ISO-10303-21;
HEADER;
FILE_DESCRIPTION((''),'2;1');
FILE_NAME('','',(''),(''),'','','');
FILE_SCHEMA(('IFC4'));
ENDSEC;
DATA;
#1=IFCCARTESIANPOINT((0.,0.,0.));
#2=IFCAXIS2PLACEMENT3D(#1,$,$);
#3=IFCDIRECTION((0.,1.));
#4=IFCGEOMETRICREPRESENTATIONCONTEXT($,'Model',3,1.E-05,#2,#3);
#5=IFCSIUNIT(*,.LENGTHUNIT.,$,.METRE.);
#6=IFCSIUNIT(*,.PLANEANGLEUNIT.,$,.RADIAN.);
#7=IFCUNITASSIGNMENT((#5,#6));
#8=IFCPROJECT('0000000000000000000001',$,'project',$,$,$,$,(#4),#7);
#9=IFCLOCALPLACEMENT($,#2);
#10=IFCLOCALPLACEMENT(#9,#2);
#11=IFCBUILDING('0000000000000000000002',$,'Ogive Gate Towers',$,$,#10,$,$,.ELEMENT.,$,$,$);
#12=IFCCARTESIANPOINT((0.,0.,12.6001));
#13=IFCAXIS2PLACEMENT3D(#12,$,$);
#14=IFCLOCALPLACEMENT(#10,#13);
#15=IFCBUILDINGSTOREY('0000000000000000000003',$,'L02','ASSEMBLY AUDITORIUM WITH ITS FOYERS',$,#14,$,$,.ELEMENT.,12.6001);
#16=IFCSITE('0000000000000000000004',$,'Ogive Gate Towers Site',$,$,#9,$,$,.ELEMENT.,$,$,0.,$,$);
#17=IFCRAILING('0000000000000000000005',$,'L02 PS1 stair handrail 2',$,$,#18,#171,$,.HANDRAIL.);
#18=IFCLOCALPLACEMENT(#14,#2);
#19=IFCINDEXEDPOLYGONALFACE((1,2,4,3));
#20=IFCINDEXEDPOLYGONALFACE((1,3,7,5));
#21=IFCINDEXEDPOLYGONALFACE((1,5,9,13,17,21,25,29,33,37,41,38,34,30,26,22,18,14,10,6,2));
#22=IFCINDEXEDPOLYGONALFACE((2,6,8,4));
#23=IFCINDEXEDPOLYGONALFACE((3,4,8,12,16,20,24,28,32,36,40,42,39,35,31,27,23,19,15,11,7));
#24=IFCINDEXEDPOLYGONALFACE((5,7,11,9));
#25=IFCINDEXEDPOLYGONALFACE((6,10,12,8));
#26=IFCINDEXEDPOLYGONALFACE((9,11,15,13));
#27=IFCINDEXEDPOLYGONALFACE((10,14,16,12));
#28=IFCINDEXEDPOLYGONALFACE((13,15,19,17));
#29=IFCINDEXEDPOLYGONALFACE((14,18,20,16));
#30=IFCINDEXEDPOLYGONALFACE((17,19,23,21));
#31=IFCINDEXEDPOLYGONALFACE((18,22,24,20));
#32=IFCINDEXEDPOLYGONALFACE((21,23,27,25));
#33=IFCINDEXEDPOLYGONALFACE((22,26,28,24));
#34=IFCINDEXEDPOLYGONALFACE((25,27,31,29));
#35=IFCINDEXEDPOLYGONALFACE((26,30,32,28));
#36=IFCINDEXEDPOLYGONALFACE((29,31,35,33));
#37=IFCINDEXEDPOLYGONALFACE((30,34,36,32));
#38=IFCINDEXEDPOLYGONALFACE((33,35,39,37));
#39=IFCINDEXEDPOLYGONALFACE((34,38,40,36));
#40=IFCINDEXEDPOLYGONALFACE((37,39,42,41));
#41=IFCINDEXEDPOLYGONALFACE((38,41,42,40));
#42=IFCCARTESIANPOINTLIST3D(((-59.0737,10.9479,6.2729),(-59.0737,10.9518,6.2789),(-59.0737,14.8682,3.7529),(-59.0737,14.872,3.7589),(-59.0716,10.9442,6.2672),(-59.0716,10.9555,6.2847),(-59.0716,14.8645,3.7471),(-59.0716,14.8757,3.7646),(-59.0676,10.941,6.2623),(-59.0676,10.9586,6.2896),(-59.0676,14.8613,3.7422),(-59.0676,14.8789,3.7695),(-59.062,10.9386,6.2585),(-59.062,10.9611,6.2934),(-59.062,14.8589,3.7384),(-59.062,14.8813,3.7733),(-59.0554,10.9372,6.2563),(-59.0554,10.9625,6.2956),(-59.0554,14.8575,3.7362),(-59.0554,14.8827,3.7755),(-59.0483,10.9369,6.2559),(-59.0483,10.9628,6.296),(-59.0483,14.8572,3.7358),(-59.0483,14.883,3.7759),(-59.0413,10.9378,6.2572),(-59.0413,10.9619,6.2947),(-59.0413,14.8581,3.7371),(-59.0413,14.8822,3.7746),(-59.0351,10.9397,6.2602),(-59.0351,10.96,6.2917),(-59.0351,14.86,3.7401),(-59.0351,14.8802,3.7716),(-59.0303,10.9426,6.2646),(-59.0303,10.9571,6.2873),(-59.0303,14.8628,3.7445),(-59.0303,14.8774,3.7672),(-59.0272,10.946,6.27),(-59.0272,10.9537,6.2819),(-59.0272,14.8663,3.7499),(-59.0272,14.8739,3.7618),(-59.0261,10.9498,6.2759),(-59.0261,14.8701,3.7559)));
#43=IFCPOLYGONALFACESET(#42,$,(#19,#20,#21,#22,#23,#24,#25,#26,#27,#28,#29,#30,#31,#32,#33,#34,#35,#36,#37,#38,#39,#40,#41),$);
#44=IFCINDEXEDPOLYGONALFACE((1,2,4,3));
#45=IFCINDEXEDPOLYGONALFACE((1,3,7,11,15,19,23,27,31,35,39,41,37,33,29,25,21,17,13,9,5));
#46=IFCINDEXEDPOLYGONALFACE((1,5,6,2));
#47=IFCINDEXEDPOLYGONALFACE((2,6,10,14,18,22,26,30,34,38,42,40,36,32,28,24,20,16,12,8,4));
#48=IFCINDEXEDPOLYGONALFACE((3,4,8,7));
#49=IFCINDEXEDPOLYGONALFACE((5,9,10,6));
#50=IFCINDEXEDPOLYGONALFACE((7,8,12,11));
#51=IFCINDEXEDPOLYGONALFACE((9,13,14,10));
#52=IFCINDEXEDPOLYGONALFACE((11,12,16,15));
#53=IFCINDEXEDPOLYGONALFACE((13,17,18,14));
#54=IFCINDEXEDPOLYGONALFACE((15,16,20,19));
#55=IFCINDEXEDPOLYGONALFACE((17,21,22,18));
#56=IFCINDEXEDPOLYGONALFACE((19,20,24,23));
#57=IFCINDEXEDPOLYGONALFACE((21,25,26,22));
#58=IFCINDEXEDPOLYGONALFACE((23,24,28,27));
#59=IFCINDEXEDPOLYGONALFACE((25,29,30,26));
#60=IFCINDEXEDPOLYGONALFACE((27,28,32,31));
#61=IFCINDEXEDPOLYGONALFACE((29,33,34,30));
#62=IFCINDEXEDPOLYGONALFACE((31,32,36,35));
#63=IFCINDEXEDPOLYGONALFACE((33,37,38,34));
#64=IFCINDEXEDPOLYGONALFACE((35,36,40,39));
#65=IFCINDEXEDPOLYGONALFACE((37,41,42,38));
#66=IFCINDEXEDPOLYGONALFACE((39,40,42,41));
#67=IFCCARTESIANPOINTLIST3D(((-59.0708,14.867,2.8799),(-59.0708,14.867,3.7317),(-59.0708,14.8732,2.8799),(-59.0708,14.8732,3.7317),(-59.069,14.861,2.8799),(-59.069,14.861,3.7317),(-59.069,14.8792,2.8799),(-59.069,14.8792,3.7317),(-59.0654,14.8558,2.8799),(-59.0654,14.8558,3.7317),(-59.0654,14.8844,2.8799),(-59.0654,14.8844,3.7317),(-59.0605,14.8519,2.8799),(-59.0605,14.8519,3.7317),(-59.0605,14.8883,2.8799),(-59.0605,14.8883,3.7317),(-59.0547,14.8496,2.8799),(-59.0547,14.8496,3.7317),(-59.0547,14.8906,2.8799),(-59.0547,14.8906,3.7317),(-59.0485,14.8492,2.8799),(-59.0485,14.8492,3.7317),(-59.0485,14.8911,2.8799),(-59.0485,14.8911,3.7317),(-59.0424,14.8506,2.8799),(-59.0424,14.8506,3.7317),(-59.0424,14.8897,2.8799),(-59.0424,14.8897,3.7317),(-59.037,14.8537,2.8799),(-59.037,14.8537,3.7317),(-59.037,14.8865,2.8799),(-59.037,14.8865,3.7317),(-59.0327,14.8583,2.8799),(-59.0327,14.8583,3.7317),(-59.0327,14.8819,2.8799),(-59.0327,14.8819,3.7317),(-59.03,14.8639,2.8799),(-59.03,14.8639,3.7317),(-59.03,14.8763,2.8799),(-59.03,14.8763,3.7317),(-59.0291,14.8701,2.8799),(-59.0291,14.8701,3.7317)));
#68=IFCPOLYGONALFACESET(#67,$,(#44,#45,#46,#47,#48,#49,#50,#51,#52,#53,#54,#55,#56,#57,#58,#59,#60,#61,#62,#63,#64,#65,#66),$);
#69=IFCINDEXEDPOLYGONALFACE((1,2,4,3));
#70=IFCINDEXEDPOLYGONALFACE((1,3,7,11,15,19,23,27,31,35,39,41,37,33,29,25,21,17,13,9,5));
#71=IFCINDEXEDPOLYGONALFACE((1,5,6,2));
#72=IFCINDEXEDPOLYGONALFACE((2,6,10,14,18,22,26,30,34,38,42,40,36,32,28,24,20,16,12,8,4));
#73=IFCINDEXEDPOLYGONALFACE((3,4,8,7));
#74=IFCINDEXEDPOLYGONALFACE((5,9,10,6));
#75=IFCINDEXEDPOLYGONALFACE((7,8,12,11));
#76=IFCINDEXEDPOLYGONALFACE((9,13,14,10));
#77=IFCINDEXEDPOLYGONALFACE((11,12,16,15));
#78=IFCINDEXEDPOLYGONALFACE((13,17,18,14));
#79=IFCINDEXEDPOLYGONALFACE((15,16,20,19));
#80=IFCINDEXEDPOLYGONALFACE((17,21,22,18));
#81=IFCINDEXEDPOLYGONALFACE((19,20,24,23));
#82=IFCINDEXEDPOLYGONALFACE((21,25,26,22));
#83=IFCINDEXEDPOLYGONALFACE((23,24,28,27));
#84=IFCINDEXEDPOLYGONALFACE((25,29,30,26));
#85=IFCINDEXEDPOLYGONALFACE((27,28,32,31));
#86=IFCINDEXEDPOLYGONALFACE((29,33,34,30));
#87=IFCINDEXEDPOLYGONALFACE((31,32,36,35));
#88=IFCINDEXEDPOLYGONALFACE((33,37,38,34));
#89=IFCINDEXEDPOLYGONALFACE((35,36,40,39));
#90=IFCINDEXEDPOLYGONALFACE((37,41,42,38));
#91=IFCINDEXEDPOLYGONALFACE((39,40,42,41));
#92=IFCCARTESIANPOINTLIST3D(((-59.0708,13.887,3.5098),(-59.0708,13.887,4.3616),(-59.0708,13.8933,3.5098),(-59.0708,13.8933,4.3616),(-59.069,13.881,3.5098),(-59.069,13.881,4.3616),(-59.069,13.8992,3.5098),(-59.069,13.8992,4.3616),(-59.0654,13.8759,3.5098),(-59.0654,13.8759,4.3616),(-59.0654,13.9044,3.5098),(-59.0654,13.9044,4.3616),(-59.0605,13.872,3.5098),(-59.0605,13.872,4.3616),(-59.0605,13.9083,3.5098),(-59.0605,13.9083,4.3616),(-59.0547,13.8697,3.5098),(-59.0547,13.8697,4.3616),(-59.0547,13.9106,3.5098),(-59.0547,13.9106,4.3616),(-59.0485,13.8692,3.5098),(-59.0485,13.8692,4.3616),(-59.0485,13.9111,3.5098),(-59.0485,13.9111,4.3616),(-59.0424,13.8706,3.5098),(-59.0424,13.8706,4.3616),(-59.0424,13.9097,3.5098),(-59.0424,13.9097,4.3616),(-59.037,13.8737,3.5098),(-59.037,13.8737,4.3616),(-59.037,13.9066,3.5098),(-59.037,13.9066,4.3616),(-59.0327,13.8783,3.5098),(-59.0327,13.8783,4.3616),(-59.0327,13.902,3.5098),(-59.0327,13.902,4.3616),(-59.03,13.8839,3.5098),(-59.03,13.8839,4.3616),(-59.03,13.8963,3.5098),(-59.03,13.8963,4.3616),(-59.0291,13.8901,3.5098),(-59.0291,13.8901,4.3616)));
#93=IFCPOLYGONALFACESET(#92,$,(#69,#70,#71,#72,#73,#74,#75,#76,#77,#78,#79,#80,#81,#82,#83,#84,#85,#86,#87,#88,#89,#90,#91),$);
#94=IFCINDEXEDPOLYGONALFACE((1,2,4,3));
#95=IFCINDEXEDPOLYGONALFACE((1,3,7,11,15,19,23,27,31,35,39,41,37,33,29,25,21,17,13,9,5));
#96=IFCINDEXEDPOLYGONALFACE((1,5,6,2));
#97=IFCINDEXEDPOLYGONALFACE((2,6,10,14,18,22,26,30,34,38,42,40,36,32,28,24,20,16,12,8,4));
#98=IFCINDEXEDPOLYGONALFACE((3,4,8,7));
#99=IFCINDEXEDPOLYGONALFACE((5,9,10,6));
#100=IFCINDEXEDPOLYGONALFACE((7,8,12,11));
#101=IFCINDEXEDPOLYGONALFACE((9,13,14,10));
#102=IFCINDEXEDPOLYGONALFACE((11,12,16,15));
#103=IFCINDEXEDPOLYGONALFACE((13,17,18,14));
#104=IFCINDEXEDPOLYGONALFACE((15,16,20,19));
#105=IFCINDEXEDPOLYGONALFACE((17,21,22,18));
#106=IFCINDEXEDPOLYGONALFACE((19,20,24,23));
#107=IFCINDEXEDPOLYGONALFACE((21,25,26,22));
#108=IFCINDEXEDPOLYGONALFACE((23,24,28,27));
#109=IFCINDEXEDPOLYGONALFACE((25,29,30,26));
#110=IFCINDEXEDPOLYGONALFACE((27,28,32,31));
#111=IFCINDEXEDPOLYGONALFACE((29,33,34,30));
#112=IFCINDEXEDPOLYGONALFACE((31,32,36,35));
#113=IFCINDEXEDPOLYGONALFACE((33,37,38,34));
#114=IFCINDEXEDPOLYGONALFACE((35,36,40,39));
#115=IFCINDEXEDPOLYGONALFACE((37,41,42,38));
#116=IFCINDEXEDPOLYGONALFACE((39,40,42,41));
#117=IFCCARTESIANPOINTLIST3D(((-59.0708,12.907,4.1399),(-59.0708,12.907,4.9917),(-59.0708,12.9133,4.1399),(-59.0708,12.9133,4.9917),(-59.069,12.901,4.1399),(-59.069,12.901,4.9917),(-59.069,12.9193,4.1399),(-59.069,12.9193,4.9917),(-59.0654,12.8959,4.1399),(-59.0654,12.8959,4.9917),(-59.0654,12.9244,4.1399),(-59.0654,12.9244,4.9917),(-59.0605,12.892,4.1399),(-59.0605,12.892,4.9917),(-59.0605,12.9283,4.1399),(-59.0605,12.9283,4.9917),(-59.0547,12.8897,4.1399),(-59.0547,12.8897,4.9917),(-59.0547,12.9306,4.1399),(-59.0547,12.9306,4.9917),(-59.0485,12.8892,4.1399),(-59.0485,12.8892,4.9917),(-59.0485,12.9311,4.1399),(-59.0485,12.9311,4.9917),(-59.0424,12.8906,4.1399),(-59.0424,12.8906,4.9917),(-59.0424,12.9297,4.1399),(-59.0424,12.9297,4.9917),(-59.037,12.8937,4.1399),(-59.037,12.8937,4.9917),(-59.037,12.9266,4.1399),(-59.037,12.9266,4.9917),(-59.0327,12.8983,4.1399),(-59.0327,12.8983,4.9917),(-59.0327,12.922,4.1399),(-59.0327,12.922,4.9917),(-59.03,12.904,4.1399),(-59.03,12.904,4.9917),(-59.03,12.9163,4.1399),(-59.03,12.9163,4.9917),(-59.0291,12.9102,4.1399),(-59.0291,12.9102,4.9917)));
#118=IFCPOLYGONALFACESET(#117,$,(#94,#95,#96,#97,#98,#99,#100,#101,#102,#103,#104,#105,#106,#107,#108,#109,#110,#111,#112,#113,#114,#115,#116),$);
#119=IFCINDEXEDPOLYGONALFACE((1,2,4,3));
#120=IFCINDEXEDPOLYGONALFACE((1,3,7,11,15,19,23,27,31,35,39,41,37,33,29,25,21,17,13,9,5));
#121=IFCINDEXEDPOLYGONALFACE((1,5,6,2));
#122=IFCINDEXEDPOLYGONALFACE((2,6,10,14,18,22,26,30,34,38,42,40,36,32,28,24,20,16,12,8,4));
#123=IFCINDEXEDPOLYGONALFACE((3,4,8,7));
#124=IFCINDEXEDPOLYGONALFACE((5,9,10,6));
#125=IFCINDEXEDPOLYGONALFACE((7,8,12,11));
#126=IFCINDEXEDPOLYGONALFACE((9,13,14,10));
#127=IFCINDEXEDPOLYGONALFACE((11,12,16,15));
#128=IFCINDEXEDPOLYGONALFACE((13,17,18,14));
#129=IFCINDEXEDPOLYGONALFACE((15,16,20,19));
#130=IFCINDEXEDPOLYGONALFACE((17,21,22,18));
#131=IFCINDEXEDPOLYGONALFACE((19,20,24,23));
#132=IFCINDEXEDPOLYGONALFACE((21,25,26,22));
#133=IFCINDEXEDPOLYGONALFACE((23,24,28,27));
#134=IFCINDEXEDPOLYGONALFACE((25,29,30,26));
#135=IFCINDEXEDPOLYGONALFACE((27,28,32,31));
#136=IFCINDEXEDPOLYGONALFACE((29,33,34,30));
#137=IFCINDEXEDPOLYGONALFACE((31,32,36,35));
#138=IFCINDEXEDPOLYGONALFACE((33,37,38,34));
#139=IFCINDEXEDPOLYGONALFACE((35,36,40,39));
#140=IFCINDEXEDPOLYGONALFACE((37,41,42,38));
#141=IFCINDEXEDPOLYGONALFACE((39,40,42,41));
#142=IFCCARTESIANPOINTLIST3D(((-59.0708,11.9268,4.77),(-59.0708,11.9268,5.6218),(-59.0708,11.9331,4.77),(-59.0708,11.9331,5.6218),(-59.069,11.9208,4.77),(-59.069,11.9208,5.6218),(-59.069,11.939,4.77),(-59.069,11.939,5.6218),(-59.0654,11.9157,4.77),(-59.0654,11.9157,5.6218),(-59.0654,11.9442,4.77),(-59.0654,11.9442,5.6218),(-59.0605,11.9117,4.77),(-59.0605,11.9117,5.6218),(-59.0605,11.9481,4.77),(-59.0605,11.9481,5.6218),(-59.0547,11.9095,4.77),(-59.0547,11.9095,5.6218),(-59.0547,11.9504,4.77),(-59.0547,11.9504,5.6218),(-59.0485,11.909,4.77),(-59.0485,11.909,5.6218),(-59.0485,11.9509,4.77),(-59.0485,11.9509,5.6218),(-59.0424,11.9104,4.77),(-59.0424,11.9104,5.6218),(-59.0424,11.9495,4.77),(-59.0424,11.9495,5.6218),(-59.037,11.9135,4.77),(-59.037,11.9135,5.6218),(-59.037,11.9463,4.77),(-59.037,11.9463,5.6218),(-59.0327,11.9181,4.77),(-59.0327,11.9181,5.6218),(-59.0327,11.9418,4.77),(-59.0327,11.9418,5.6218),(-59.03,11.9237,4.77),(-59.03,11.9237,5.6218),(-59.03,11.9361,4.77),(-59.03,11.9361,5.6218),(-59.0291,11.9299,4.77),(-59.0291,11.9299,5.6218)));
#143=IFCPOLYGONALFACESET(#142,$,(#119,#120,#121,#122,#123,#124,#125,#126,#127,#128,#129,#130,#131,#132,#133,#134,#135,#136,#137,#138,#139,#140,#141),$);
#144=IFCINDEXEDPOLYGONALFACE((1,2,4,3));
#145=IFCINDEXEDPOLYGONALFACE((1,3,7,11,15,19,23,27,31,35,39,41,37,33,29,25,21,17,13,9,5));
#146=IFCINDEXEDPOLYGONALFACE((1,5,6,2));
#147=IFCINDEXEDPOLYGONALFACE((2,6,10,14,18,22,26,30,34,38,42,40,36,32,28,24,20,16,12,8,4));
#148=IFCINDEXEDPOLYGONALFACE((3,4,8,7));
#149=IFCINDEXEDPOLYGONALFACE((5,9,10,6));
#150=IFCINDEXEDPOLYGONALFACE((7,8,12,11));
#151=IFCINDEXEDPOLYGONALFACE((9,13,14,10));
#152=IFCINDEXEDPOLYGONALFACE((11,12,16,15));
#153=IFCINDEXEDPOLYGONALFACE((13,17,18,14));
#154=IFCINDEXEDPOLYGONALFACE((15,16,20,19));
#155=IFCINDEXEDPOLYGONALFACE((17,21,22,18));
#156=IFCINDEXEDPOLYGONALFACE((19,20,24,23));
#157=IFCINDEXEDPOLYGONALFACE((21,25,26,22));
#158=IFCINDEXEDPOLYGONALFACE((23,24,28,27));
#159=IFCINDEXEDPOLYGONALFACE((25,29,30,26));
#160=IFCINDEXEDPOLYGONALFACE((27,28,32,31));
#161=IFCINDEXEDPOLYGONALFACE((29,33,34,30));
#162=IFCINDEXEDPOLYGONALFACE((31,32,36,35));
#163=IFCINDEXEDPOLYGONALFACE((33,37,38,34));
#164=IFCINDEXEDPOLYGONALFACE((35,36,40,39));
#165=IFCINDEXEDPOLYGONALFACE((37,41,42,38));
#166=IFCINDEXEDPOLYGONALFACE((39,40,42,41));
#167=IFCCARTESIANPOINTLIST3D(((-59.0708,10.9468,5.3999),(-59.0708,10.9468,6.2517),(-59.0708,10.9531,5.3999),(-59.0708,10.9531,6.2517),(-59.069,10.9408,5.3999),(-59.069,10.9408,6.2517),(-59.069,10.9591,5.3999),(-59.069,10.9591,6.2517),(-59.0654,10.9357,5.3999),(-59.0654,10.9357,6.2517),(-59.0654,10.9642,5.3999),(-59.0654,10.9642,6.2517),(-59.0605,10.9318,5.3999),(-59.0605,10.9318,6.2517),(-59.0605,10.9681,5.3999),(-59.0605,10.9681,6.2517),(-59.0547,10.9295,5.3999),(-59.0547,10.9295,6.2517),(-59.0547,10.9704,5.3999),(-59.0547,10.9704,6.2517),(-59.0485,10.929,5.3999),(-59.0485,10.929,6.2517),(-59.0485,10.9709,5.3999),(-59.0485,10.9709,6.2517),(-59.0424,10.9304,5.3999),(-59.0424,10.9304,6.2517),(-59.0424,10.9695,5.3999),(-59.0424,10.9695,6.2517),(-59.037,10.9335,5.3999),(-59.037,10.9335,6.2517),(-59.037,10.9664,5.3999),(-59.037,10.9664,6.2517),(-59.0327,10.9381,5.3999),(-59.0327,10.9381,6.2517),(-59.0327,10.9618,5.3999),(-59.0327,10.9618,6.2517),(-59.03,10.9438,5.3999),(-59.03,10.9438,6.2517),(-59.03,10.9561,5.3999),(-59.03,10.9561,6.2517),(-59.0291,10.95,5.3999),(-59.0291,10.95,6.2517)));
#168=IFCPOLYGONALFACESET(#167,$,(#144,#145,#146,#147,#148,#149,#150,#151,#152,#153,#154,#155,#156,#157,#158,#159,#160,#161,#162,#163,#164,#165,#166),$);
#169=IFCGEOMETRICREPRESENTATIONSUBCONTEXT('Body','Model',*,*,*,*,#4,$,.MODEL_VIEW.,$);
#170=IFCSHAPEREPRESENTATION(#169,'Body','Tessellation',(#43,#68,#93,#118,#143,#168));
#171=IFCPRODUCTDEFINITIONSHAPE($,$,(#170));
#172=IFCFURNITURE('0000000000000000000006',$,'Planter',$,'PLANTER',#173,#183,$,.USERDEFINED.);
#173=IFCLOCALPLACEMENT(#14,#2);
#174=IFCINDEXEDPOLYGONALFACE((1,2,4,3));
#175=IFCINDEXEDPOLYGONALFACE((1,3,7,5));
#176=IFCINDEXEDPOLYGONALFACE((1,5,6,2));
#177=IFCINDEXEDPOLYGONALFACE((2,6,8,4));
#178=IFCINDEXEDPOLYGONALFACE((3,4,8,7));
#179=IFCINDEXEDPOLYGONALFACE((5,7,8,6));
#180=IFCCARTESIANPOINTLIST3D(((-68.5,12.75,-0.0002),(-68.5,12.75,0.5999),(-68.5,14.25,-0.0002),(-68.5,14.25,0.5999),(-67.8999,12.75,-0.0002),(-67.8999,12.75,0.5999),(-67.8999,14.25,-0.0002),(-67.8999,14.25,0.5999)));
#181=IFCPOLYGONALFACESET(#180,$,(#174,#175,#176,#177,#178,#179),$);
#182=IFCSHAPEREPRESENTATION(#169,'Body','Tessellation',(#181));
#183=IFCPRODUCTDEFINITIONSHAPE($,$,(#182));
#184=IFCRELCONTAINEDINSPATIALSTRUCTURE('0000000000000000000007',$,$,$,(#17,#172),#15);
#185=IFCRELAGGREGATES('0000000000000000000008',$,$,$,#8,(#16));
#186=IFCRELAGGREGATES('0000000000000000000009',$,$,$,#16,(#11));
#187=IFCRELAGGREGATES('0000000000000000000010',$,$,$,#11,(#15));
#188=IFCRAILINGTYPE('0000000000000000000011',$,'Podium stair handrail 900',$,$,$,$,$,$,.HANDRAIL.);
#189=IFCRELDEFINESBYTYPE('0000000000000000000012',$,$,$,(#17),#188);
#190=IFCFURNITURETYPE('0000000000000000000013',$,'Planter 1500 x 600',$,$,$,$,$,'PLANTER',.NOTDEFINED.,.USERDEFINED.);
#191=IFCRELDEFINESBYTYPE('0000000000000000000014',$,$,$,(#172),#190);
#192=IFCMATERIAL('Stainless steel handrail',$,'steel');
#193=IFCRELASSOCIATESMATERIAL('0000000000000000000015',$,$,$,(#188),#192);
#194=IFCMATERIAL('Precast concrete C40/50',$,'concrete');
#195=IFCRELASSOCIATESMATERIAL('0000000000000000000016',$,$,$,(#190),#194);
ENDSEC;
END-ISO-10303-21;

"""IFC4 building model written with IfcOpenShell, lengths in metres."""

from ifc_helpers import new_model, si_unit, direction, frame, origin, origin_2d, place, context, subcontext, project, spatial, rectangle, circle, extrude, material, type_object, element, save


model = new_model("IFC4")

# Units and contexts
model_context = context("Model", 3, precision=1e-05, world=origin(), true_north=direction((0.0, 1.0)))
body_context = subcontext(model_context, "Body", "Model", "MODEL_VIEW")
ifc_project = project(units=[si_unit("LENGTHUNIT", "METRE"), si_unit("PLANEANGLEUNIT", "RADIAN")], contexts=[model_context])

# Site, building, storey
site_placement = place(None, origin())
site = spatial("IfcSite", under=ifc_project, at=site_placement, Name="Ogive Gate Towers Site", CompositionType="ELEMENT", RefElevation=0.0)
building_placement = place(site_placement, origin())
building = spatial("IfcBuilding", under=site, at=building_placement, Name="Ogive Gate Towers", CompositionType="ELEMENT")
storey_placement = place(building_placement, frame((0.0, 0.0, 12.6001)))
storey = spatial("IfcBuildingStorey", under=building, at=storey_placement, Name="L02", Description="ASSEMBLY AUDITORIUM WITH ITS FOYERS", CompositionType="ELEMENT", Elevation=12.6001)

# Shared definitions
ifc_material_1 = material(Name="Precast concrete C40/50", Category="concrete")

# Railing
ifc_material_2 = material(Name="Stainless steel handrail", Category="steel")
railing_type_1 = type_object("IfcRailingType", Name="Podium stair handrail 900", PredefinedType="HANDRAIL", material=ifc_material_2)
railing_1_placement = place(storey_placement, frame((-59.05, 14.8701, 2.8799)))
element("IfcRailing", 1, at=railing_1_placement, inside=storey, type_object=railing_type_1, Name="L02 PS1 stair handrail 2", PredefinedType="HANDRAIL", context=body_context, shape_type="SweptSolid", body=[
    extrude(circle(Radius=0.0239, at=origin_2d()), frame((0.0, 0.0, 0.876), z_axis=(0.0, -0.841187, 0.540744), x_axis=(1.0, 0.0, 0.0)), (0.0, 0.0, 1.0), 4.6604),
    extrude(circle(Radius=0.021, at=origin_2d()), origin(), (0.0, 0.0, 1.0), 0.8518),
    extrude(circle(Radius=0.021, at=origin_2d()), frame((0.0, -0.98, 0.6299)), (0.0, 0.0, 1.0), 0.8518),
    extrude(circle(Radius=0.021, at=origin_2d()), frame((0.0, -1.96, 1.26)), (0.0, 0.0, 1.0), 0.8518),
    extrude(circle(Radius=0.021, at=origin_2d()), frame((0.0, -2.9402, 1.8901)), (0.0, 0.0, 1.0), 0.8518),
    extrude(circle(Radius=0.021, at=origin_2d()), frame((0.0, -3.9202, 2.52)), (0.0, 0.0, 1.0), 0.8518),
])

# Furniture
furniture_type = type_object("IfcFurnitureType", Name="Planter 1500 x 600", ElementType="PLANTER", AssemblyPlace="NOTDEFINED", PredefinedType="USERDEFINED", material=ifc_material_1)
furniture_placement = place(storey_placement, frame((-68.2, 13.5, -0.0002), z_axis=(0.0, 0.0, 1.0), x_axis=(0.0, -1.0, 0.0)))
element("IfcFurniture", 2, at=furniture_placement, inside=storey, type_object=furniture_type, Name="Planter", ObjectType="PLANTER", PredefinedType="USERDEFINED", context=body_context, shape_type="SweptSolid", body=[
    extrude(rectangle(XDim=1.5, YDim=0.6001, at=origin_2d()), origin(), (0.0, 0.0, 1.0), 0.6001),
])

save(model, "model.ifc")
